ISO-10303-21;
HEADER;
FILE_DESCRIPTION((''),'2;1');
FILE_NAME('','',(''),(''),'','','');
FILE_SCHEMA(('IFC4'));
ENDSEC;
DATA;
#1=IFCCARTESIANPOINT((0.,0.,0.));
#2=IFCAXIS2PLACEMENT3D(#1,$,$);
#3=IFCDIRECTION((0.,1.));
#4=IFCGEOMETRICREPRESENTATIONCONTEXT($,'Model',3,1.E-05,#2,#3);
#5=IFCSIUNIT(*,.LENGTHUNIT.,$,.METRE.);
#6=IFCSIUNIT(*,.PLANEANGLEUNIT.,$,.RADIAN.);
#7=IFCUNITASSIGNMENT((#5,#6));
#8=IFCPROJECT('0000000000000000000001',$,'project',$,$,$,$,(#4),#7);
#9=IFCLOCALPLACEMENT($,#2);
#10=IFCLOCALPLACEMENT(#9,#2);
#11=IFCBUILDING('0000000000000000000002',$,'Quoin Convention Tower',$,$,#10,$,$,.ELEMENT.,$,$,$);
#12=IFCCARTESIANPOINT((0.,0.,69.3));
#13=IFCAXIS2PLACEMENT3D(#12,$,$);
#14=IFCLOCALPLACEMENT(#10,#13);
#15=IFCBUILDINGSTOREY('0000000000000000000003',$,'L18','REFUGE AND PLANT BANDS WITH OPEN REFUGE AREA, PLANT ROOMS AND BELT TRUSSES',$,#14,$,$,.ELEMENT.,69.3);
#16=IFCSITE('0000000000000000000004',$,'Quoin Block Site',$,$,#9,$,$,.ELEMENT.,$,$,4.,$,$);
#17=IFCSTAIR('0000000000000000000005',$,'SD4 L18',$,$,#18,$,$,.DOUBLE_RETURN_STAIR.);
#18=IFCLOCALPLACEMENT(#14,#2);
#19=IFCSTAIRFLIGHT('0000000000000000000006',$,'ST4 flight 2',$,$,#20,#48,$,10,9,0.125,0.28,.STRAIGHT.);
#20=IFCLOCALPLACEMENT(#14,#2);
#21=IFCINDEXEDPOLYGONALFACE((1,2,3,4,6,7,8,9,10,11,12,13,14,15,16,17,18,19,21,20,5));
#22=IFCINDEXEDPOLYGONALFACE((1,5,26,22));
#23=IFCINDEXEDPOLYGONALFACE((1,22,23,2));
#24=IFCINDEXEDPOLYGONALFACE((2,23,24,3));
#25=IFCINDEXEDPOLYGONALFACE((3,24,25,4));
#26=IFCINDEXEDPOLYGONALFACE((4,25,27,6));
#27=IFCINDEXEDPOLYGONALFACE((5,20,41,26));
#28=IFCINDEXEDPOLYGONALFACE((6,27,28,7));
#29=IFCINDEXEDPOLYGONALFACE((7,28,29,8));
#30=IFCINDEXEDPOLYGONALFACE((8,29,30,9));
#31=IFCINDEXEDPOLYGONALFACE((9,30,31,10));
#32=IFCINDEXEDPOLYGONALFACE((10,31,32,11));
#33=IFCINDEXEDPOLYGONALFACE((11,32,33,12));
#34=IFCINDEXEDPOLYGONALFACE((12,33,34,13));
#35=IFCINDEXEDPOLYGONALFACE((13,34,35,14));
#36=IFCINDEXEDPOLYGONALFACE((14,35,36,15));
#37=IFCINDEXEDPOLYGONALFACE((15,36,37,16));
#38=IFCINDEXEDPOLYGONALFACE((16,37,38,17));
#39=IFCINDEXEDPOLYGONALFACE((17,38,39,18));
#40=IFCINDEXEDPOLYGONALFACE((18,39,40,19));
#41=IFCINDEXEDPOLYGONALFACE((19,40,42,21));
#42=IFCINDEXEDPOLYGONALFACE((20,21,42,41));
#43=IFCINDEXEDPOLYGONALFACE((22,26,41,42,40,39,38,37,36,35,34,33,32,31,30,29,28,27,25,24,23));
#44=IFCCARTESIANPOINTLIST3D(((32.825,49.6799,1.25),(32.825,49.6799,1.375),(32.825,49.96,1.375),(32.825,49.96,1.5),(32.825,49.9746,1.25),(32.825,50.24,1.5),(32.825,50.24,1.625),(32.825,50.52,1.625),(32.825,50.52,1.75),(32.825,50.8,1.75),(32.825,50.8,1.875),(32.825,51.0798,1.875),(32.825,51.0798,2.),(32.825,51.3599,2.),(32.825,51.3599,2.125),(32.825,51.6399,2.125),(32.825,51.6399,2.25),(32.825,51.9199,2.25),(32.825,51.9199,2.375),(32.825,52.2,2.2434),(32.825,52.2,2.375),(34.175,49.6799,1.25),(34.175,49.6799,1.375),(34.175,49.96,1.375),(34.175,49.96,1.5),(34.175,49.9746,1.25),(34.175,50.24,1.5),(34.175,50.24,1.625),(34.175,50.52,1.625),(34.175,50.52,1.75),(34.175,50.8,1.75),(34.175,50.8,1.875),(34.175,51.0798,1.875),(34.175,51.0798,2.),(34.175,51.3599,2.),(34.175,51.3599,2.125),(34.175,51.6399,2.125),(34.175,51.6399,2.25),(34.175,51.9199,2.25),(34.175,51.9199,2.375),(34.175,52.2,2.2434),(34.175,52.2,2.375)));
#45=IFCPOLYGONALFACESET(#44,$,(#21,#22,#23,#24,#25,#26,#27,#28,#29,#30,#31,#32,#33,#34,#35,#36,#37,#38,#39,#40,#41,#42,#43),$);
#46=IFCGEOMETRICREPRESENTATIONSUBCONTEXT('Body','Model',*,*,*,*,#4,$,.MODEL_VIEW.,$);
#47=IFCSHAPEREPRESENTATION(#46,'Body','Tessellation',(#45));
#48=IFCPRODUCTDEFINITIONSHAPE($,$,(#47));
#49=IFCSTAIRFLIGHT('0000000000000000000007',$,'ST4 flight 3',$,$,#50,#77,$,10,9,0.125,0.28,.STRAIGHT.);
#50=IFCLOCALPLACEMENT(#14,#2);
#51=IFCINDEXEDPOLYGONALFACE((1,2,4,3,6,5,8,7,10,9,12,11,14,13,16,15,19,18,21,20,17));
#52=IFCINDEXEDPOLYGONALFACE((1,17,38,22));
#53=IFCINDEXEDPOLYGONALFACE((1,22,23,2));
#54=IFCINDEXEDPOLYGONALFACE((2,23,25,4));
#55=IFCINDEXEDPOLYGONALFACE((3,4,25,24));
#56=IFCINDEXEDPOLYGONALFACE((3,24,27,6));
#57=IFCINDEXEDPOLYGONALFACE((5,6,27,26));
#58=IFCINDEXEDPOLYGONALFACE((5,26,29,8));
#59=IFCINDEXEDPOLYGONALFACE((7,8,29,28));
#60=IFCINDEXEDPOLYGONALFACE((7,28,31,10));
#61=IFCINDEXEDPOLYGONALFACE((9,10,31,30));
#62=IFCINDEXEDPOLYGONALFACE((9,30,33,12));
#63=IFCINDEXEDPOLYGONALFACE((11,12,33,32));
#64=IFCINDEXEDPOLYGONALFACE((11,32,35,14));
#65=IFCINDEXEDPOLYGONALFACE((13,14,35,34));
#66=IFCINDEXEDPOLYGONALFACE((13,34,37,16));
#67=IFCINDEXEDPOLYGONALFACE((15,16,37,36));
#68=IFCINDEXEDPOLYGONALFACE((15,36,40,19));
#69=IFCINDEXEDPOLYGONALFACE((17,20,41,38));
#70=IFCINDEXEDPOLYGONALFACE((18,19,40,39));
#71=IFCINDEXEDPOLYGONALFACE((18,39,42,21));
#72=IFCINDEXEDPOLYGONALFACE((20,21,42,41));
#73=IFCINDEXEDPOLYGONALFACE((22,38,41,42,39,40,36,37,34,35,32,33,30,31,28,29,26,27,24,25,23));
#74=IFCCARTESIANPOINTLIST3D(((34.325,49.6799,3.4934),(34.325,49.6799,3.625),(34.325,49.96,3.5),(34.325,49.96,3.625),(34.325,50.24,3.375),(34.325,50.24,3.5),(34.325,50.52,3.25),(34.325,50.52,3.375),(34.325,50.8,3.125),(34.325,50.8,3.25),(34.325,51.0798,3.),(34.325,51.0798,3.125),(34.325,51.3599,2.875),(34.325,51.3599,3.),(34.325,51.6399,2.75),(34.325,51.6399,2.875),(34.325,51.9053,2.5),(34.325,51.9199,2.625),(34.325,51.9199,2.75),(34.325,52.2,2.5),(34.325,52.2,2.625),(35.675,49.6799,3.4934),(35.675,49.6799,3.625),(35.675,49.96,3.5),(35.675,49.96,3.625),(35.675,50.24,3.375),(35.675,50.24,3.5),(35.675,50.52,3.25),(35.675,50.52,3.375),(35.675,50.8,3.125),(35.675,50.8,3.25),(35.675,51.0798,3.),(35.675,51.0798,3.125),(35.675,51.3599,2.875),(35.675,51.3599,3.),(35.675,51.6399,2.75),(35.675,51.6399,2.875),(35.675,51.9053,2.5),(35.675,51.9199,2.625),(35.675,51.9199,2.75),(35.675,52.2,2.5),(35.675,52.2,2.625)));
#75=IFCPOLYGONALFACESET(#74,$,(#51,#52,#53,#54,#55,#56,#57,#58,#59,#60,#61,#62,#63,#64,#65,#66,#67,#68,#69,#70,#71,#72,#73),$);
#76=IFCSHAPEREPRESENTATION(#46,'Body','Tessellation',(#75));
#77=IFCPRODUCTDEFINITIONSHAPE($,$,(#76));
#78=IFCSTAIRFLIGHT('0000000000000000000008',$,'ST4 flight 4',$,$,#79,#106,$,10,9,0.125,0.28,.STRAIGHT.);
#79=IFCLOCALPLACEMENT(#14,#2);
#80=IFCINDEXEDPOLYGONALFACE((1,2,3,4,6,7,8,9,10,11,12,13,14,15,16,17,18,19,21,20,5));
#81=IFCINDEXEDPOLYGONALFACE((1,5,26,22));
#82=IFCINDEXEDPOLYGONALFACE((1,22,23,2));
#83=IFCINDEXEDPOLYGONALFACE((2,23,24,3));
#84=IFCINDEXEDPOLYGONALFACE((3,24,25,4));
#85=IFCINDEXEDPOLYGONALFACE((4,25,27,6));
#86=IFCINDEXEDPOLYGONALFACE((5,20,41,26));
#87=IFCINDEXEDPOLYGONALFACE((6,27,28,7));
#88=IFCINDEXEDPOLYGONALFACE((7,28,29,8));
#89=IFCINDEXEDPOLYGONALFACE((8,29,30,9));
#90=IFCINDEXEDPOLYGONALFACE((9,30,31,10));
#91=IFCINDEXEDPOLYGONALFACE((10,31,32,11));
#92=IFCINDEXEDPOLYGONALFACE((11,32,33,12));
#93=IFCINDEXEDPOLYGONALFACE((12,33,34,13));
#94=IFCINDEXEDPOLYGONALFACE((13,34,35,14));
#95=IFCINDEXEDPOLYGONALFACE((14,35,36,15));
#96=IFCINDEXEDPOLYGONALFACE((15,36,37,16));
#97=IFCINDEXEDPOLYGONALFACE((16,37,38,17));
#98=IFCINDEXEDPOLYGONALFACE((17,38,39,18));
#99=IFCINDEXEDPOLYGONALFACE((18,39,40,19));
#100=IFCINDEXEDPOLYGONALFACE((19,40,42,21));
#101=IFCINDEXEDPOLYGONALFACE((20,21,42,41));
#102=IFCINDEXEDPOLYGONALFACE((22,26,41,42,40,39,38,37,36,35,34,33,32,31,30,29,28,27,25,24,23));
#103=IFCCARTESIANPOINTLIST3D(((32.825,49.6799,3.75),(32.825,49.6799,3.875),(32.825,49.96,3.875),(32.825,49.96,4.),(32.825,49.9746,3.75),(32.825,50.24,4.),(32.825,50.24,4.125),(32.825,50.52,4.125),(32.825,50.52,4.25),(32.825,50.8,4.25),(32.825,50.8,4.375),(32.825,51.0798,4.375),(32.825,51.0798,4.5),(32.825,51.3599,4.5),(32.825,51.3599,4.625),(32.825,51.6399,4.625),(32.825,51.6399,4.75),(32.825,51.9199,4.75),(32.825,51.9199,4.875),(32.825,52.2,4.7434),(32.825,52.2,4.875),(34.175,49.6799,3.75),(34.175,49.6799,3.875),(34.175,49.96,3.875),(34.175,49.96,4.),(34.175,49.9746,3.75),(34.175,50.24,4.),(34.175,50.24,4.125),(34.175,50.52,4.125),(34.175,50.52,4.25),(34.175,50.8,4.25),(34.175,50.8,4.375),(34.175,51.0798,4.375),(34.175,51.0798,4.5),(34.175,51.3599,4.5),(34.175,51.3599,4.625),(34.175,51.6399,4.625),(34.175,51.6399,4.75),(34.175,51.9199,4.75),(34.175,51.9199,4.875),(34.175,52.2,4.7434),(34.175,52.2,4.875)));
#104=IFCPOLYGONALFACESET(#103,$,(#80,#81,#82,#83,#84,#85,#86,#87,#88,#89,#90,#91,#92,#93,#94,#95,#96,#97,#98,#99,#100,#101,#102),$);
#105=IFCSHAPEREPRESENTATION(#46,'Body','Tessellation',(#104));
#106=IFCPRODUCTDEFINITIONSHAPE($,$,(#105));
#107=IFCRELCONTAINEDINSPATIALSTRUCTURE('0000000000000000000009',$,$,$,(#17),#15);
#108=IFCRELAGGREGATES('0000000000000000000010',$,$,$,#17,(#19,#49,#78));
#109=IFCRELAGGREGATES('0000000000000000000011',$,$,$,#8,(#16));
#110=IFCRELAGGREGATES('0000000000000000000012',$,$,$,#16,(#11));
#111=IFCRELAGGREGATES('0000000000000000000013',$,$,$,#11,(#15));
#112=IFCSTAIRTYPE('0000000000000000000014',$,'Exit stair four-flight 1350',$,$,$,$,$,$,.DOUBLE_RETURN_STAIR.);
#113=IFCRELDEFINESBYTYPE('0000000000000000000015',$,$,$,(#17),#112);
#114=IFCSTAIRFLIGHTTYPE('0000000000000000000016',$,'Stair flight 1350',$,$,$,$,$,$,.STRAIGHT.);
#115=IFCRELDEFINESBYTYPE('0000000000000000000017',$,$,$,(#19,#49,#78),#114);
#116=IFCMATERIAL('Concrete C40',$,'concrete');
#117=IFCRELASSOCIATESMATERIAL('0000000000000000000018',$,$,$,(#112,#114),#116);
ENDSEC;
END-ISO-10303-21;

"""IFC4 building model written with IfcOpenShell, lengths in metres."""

from ifc_helpers import new_model, si_unit, direction, frame, origin, place, context, subcontext, project, spatial, polyline, outline, extrude, material, type_object, element, aggregate, save


model = new_model("IFC4")

# Units and contexts
model_context = context("Model", 3, precision=1e-05, world=origin(), true_north=direction((0.0, 1.0)))
body_context = subcontext(model_context, "Body", "Model", "MODEL_VIEW")
ifc_project = project(units=[si_unit("LENGTHUNIT", "METRE"), si_unit("PLANEANGLEUNIT", "RADIAN")], contexts=[model_context])

# Site, building, storey
site_placement = place(None, origin())
site = spatial("IfcSite", under=ifc_project, at=site_placement, Name="Quoin Block Site", CompositionType="ELEMENT", RefElevation=4.0)
building_placement = place(site_placement, origin())
building = spatial("IfcBuilding", under=site, at=building_placement, Name="Quoin Convention Tower", CompositionType="ELEMENT")
storey_placement = place(building_placement, frame((0.0, 0.0, 69.3)))
storey = spatial("IfcBuildingStorey", under=building, at=storey_placement, Name="L18", Description="REFUGE AND PLANT BANDS WITH OPEN REFUGE AREA, PLANT ROOMS AND BELT TRUSSES", CompositionType="ELEMENT", Elevation=69.3)

# Stair, stair flights
ifc_material_1 = material(Name="Concrete C40", Category="concrete")
stair_type = type_object("IfcStairType", Name="Exit stair four-flight 1350", PredefinedType="DOUBLE_RETURN_STAIR", material=ifc_material_1)
stair_flight_type = type_object("IfcStairFlightType", Name="Stair flight 1350", PredefinedType="STRAIGHT", material=ifc_material_1)
stair_1_placement = place(storey_placement, origin())
stair_1 = element("IfcStair", 1, at=stair_1_placement, inside=storey, type_object=stair_type, Name="SD4 L18", PredefinedType="DOUBLE_RETURN_STAIR")
stair_flight_1_placement = place(storey_placement, frame((33.5, 49.6799, 1.25), z_axis=(0.0, 0.0, 1.0), x_axis=(0.0, 1.0, 0.0)))
stair_flight_1 = element("IfcStairFlight", 2, at=stair_flight_1_placement, type_object=stair_flight_type, Name="ST4 flight 2", NumberOfRisers=10, NumberOfTreads=9, PredefinedType="STRAIGHT", RiserHeight=0.125, TreadLength=0.28, context=body_context, shape_type="SweptSolid", body=[
    extrude(outline(polyline([(0.0, 0.0), (0.0, 0.125), (0.28, 0.125), (0.28, 0.25), (0.5601, 0.25), (0.5601, 0.375), (0.8401, 0.375), (0.8401, 0.5), (1.1201, 0.5), (1.1201, 0.625), (1.3999, 0.625), (1.3999, 0.75), (1.6799, 0.75), (1.6799, 0.875), (1.96, 0.875), (1.96, 1.0), (2.24, 1.0), (2.24, 1.125), (2.52, 1.125), (2.52, 1.25), (2.52, 0.9934), (0.2947, 0.0), (0.0, 0.0)])), frame((0.0, 0.675, 0.0), z_axis=(0.0, -1.0, 0.0), x_axis=(1.0, 0.0, 0.0)), (0.0, 0.0, 1.0), 1.3501),
])
stair_flight_2_placement = place(storey_placement, frame((35.0, 52.2, 2.5), z_axis=(0.0, 0.0, 1.0), x_axis=(0.0, -1.0, 0.0)))
stair_flight_2 = element("IfcStairFlight", 3, at=stair_flight_2_placement, type_object=stair_flight_type, Name="ST4 flight 3", NumberOfRisers=10, NumberOfTreads=9, PredefinedType="STRAIGHT", RiserHeight=0.125, TreadLength=0.28, context=body_context, shape_type="SweptSolid", body=[
    extrude(outline(polyline([(0.0, 0.0), (0.0, 0.125), (0.28, 0.125), (0.28, 0.25), (0.5601, 0.25), (0.5601, 0.375), (0.8401, 0.375), (0.8401, 0.5), (1.1201, 0.5), (1.1201, 0.625), (1.3999, 0.625), (1.3999, 0.75), (1.6799, 0.75), (1.6799, 0.875), (1.96, 0.875), (1.96, 1.0), (2.24, 1.0), (2.24, 1.125), (2.52, 1.125), (2.52, 1.25), (2.52, 0.9934), (0.2947, 0.0), (0.0, 0.0)])), frame((0.0, 0.675, 0.0), z_axis=(0.0, -1.0, 0.0), x_axis=(1.0, 0.0, 0.0)), (0.0, 0.0, 1.0), 1.3501),
])
stair_flight_3_placement = place(storey_placement, frame((33.5, 49.6799, 3.75), z_axis=(0.0, 0.0, 1.0), x_axis=(0.0, 1.0, 0.0)))
stair_flight_3 = element("IfcStairFlight", 4, at=stair_flight_3_placement, type_object=stair_flight_type, Name="ST4 flight 4", NumberOfRisers=10, NumberOfTreads=9, PredefinedType="STRAIGHT", RiserHeight=0.125, TreadLength=0.28, context=body_context, shape_type="SweptSolid", body=[
    extrude(outline(polyline([(0.0, 0.0), (0.0, 0.125), (0.28, 0.125), (0.28, 0.25), (0.5601, 0.25), (0.5601, 0.375), (0.8401, 0.375), (0.8401, 0.5), (1.1201, 0.5), (1.1201, 0.625), (1.3999, 0.625), (1.3999, 0.75), (1.6799, 0.75), (1.6799, 0.875), (1.96, 0.875), (1.96, 1.0), (2.24, 1.0), (2.24, 1.125), (2.52, 1.125), (2.52, 1.25), (2.52, 0.9934), (0.2947, 0.0), (0.0, 0.0)])), frame((0.0, 0.675, 0.0), z_axis=(0.0, -1.0, 0.0), x_axis=(1.0, 0.0, 0.0)), (0.0, 0.0, 1.0), 1.3501),
])
aggregate(stair_1, [stair_flight_1, stair_flight_2, stair_flight_3])

save(model, "model.ifc")
